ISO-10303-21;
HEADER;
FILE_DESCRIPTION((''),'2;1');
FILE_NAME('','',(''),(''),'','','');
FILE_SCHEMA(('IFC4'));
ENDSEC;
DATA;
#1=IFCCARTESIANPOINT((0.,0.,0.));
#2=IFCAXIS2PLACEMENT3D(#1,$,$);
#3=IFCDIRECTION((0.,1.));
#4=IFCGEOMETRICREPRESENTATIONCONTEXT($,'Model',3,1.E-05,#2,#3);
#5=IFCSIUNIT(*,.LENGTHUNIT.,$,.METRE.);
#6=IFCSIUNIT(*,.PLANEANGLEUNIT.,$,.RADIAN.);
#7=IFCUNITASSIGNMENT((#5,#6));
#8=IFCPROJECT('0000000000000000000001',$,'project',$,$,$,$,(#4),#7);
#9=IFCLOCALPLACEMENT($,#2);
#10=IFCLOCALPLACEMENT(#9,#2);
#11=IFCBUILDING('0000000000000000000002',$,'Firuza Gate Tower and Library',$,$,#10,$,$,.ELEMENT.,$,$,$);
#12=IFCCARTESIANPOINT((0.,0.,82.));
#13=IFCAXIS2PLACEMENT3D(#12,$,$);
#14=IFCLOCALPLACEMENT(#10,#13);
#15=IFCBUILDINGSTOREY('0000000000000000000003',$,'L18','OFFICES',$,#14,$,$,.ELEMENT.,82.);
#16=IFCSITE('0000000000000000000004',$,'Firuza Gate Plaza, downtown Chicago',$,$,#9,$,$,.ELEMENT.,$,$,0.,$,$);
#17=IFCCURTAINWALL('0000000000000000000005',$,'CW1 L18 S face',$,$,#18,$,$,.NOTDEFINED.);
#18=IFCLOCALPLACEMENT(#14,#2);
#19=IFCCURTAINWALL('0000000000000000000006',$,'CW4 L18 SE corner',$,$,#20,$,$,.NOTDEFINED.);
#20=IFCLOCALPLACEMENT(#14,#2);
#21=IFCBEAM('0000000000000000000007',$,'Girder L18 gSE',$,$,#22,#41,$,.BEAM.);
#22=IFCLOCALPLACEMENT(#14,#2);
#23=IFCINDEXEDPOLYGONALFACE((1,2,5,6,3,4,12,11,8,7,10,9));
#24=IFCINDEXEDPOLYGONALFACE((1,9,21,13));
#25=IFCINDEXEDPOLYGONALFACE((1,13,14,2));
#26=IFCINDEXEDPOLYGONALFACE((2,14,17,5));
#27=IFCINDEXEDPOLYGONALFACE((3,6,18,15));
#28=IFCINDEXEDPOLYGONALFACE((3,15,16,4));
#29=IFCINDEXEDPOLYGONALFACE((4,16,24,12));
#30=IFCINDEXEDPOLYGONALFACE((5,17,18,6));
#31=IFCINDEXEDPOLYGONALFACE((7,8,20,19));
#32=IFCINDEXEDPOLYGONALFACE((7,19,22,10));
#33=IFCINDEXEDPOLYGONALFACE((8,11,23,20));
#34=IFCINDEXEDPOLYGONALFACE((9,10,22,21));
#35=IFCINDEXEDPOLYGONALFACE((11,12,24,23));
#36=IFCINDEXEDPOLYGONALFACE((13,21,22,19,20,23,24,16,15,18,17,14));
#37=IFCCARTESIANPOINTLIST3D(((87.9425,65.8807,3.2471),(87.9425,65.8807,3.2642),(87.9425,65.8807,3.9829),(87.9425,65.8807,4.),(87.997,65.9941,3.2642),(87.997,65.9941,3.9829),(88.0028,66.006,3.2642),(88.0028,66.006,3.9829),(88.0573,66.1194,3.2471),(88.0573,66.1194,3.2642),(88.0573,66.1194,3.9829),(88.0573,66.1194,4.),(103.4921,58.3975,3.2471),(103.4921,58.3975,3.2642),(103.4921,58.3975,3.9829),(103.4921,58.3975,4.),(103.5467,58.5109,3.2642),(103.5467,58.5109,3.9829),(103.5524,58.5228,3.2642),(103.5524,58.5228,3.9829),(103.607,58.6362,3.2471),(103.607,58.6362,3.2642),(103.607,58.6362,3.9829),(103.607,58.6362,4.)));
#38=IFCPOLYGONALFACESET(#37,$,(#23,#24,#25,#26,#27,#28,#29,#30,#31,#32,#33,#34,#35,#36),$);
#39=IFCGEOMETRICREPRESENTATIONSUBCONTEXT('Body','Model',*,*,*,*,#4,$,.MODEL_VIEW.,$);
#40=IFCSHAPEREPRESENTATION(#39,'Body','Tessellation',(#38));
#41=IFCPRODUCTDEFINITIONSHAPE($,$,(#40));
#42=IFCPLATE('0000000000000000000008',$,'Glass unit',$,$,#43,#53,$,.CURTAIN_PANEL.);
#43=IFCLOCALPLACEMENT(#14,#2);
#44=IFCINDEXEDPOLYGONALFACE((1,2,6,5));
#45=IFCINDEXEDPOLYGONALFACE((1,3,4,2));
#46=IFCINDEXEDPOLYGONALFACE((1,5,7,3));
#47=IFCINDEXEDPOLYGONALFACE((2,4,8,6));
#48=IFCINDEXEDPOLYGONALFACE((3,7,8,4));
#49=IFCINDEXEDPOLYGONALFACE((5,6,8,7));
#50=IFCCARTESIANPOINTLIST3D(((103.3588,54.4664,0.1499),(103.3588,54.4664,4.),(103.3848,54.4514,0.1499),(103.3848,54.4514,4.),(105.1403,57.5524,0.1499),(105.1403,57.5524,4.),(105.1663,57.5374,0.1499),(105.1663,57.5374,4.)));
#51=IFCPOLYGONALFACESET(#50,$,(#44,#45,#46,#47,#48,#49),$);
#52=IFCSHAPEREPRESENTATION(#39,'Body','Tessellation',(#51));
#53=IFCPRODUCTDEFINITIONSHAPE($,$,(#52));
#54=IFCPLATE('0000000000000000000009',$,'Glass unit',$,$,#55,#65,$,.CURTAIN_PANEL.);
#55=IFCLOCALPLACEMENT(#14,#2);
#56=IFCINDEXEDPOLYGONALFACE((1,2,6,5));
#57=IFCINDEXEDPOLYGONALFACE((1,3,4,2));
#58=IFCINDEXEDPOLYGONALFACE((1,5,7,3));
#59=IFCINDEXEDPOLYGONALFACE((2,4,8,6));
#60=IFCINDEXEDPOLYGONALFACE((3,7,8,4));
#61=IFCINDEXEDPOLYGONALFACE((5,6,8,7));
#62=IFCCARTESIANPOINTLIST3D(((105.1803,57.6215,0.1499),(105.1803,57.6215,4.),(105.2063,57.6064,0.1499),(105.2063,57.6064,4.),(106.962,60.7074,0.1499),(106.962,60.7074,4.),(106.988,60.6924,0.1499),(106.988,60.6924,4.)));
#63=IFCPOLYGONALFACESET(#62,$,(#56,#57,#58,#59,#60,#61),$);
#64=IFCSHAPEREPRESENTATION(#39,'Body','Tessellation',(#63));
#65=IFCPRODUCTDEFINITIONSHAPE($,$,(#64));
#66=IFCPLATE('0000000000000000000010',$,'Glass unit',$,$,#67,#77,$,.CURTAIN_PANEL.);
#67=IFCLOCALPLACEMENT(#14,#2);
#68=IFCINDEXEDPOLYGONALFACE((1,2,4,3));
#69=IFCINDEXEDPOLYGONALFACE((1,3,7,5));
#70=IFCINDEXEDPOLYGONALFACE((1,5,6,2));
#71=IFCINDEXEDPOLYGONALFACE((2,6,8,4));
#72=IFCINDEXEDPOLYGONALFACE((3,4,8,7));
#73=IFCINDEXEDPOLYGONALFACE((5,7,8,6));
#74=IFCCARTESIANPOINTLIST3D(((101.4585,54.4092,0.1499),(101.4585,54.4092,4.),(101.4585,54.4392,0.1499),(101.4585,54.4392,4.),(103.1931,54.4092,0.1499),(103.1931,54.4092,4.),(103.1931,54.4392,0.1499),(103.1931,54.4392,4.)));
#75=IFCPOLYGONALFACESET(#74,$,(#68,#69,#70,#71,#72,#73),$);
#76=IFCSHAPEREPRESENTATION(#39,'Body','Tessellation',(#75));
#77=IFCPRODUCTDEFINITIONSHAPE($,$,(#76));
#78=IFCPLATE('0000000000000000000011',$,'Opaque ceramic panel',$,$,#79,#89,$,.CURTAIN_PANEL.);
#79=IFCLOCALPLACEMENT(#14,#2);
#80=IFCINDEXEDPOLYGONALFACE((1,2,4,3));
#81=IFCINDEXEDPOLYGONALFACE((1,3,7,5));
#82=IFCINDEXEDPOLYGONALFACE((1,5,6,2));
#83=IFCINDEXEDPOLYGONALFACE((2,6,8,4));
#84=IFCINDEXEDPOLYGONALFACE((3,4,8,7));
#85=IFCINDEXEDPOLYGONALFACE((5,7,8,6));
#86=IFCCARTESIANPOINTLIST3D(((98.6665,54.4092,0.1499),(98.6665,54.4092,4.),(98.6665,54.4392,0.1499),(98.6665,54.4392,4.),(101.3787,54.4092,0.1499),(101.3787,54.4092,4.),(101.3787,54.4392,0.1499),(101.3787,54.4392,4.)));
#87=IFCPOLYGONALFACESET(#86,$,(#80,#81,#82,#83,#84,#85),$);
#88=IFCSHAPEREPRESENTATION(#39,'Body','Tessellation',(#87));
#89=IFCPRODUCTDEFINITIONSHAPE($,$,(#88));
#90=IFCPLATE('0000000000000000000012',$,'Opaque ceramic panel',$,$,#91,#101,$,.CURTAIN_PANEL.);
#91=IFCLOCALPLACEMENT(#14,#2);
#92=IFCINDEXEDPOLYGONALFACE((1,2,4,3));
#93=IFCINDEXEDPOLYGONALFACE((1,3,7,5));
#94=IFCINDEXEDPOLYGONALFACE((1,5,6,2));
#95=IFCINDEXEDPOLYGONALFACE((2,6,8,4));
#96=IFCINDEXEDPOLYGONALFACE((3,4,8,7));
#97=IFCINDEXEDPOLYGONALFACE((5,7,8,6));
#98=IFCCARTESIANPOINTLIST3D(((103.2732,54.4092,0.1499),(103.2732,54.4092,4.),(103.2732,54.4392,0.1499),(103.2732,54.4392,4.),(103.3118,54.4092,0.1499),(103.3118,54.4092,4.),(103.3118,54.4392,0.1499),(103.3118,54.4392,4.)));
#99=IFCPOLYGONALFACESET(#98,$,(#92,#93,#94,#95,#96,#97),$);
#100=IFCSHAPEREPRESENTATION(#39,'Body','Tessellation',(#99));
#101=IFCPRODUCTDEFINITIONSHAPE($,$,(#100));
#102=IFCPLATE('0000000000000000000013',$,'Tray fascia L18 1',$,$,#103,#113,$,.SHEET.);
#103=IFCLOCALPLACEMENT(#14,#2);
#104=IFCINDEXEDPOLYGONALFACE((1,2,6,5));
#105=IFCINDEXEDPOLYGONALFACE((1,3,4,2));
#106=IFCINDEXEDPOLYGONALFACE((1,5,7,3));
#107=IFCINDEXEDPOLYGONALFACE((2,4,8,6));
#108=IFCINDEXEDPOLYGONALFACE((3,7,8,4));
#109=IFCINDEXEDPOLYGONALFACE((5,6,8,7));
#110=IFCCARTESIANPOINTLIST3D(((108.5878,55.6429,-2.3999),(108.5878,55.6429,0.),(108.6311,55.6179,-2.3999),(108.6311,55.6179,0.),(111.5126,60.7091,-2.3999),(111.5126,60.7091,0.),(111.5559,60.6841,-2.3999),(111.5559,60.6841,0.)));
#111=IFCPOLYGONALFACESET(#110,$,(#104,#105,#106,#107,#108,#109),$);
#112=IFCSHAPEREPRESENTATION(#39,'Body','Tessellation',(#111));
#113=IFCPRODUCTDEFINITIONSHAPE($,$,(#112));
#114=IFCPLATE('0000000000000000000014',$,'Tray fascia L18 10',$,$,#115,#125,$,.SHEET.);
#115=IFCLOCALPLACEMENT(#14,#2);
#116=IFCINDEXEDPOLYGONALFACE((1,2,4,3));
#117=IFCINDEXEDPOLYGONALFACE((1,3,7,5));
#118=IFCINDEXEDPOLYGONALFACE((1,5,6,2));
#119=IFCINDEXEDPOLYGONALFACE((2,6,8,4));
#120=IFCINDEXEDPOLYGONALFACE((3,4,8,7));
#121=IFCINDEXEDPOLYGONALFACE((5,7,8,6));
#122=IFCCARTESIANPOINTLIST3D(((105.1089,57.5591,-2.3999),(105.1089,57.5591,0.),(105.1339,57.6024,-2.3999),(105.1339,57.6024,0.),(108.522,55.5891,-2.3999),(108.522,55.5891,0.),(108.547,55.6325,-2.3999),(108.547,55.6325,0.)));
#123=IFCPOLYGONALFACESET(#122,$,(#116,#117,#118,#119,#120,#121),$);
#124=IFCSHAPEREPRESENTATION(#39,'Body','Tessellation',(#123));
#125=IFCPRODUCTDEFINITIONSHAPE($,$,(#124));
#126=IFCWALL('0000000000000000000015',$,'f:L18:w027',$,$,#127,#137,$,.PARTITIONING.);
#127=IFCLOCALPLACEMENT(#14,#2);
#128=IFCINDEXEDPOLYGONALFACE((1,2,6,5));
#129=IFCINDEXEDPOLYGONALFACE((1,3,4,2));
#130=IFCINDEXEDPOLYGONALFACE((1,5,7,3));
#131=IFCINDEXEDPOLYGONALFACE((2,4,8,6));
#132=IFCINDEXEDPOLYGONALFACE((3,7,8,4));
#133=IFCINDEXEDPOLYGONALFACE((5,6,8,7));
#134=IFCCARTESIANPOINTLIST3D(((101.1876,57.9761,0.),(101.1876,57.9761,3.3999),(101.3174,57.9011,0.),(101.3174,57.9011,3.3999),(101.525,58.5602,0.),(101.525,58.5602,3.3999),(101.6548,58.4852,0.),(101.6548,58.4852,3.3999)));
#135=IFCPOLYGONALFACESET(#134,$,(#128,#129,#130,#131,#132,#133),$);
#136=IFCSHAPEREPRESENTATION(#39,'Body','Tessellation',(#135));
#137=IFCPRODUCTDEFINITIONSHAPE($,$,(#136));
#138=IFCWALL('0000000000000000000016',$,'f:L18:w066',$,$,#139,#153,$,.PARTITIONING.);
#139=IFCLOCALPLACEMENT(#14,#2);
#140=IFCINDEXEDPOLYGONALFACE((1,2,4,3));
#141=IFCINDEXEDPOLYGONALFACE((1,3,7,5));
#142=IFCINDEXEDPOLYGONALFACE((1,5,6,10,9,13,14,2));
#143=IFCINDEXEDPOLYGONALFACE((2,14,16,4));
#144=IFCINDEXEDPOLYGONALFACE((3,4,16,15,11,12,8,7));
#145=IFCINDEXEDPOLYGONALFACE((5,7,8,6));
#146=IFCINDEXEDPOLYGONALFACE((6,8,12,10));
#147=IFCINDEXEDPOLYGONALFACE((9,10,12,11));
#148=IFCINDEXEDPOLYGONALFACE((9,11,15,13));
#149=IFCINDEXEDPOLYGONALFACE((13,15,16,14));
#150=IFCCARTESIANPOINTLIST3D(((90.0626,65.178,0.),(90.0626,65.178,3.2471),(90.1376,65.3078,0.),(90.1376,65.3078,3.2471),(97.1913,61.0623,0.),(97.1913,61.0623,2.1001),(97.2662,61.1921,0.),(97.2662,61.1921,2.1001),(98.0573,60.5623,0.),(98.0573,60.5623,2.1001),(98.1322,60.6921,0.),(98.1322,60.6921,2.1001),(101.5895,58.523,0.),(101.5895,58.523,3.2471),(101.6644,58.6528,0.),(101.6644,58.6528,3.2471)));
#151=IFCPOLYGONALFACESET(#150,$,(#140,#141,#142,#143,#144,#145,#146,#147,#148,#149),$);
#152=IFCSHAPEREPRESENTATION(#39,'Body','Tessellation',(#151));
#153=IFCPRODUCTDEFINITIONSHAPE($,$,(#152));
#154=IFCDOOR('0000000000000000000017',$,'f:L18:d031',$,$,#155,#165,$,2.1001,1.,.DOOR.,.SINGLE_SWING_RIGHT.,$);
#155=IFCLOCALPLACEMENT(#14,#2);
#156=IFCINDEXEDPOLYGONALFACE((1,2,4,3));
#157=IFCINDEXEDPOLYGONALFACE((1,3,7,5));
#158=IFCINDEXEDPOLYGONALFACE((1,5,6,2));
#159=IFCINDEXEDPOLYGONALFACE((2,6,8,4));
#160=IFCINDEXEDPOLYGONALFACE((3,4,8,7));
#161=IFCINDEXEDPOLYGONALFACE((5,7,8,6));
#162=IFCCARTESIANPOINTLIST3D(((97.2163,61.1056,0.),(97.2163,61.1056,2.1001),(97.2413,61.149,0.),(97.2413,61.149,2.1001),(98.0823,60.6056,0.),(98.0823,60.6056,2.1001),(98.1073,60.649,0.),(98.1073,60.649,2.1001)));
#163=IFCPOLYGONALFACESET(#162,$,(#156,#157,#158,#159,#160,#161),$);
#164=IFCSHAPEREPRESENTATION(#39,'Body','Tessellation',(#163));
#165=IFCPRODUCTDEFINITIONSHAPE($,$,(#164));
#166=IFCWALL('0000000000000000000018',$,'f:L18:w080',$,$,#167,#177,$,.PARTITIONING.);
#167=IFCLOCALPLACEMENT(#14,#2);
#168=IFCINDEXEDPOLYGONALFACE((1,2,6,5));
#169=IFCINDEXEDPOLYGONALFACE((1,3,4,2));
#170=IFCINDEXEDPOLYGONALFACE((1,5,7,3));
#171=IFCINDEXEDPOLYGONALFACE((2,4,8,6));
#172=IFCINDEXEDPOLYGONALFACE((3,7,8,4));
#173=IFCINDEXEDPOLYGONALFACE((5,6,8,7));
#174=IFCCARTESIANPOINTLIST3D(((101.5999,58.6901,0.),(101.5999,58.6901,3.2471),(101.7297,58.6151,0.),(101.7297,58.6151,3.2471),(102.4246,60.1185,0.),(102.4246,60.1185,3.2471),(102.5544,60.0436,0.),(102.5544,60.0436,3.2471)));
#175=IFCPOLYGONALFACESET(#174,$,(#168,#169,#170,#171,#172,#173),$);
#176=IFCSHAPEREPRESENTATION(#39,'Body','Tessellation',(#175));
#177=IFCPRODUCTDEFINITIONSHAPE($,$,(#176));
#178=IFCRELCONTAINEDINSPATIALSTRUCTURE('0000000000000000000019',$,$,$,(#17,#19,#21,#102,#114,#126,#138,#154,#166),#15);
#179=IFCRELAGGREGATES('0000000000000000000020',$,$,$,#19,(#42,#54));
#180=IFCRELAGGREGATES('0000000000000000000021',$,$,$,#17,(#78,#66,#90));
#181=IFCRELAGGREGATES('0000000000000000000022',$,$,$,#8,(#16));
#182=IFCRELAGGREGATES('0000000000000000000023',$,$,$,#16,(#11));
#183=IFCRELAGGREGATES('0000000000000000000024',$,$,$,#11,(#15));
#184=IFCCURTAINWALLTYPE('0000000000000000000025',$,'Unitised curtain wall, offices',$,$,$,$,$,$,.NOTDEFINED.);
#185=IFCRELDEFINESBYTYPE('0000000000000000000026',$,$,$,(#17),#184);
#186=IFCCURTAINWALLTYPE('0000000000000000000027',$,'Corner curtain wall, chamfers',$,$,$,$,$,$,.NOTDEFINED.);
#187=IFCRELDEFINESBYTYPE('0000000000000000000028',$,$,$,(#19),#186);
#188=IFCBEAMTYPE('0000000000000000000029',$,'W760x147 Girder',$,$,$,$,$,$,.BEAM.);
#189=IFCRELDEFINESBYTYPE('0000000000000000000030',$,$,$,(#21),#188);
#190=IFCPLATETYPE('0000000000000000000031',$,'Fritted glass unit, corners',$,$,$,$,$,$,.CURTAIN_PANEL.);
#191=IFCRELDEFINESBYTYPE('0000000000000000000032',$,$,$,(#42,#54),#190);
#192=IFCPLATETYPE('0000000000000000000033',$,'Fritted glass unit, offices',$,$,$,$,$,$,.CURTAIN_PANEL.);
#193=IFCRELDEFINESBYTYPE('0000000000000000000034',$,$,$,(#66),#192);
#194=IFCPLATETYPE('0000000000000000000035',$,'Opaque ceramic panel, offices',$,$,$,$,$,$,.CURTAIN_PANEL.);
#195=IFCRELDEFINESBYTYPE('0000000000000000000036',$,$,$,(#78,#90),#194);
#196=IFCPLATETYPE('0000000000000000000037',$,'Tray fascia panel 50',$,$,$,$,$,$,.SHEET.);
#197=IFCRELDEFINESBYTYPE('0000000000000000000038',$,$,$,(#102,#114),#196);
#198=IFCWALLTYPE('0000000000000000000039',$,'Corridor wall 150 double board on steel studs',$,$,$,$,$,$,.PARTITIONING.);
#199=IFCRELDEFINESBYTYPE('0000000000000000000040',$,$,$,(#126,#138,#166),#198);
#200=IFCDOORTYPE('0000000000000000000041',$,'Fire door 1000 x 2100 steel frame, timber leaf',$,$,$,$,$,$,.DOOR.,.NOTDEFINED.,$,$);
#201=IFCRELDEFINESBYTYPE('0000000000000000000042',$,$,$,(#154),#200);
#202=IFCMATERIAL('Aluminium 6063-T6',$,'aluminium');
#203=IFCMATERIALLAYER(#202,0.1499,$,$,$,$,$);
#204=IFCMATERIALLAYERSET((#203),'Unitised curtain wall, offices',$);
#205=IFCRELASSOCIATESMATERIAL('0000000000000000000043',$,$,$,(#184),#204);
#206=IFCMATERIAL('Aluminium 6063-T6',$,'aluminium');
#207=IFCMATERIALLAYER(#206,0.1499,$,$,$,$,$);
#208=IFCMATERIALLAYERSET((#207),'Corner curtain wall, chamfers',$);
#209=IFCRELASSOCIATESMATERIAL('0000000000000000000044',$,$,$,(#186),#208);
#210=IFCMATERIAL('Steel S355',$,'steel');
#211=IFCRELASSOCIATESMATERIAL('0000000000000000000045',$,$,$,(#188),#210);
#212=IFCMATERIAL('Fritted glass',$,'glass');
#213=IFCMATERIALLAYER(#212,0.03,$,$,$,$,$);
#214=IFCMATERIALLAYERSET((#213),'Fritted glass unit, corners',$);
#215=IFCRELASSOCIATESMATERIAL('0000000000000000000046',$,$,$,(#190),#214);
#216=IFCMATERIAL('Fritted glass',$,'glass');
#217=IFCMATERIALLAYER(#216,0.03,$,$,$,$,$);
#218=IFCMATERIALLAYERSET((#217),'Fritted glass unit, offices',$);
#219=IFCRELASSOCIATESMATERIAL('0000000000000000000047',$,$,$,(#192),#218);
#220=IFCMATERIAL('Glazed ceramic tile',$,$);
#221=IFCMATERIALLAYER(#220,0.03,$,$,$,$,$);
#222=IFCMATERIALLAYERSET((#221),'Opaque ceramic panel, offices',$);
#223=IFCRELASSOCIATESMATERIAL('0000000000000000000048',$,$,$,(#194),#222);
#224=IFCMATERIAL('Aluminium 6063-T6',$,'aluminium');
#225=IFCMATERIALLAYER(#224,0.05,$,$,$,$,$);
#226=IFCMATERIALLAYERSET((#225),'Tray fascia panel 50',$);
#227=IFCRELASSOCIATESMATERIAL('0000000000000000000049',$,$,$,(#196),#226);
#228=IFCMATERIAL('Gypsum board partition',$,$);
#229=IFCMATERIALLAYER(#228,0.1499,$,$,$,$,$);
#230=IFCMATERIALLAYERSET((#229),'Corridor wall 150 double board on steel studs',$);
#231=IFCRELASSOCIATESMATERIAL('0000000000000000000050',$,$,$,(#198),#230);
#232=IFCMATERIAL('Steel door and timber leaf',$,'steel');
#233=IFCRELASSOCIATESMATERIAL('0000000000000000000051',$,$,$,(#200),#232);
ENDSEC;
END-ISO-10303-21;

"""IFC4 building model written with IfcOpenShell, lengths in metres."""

from ifc_helpers import new_model, si_unit, direction, frame, frame_2d, origin, origin_2d, place, context, subcontext, project, spatial, polyline, rectangle, i_section, outline, extrude, material, layer, layer_set, material_profile, profile_set, type_object, element, fill, aggregate, save


model = new_model("IFC4")

# Units and contexts
model_context = context("Model", 3, precision=1e-05, world=origin(), true_north=direction((0.0, 1.0)))
body_context = subcontext(model_context, "Body", "Model", "MODEL_VIEW")
ifc_project = project(units=[si_unit("LENGTHUNIT", "METRE"), si_unit("PLANEANGLEUNIT", "RADIAN")], contexts=[model_context])

# Site, building, storey
site_placement = place(None, origin())
site = spatial("IfcSite", under=ifc_project, at=site_placement, Name="Firuza Gate Plaza, downtown Chicago", CompositionType="ELEMENT", RefElevation=0.0)
building_placement = place(site_placement, origin())
building = spatial("IfcBuilding", under=site, at=building_placement, Name="Firuza Gate Tower and Library", CompositionType="ELEMENT")
storey_placement = place(building_placement, frame((0.0, 0.0, 82.0)))
storey = spatial("IfcBuildingStorey", under=building, at=storey_placement, Name="L18", Description="OFFICES", CompositionType="ELEMENT", Elevation=82.0)

# Curtain walls
ifc_material_1 = material(Name="Aluminium 6063-T6", Category="aluminium")
ifc_layer_1 = layer(ifc_material_1, 0.1499)
ifc_layer_set_1 = layer_set([ifc_layer_1], Name="Unitised curtain wall, offices")
curtain_wall_type_1 = type_object("IfcCurtainWallType", Name="Unitised curtain wall, offices", PredefinedType="NOTDEFINED", material=ifc_layer_set_1)
placement = place(storey_placement, origin())
curtain_wall_1 = element("IfcCurtainWall", 1, at=placement, inside=storey, type_object=curtain_wall_type_1, Name="CW1 L18 S face", PredefinedType="NOTDEFINED")
ifc_material_2 = material(Name="Aluminium 6063-T6", Category="aluminium")
ifc_layer_2 = layer(ifc_material_2, 0.1499)
ifc_layer_set_2 = layer_set([ifc_layer_2], Name="Corner curtain wall, chamfers")
curtain_wall_type_2 = type_object("IfcCurtainWallType", Name="Corner curtain wall, chamfers", PredefinedType="NOTDEFINED", material=ifc_layer_set_2)
curtain_wall_2 = element("IfcCurtainWall", 2, at=placement, inside=storey, type_object=curtain_wall_type_2, Name="CW4 L18 SE corner", PredefinedType="NOTDEFINED")

# Beam
ifc_material_3 = material(Name="Steel S355", Category="steel")
ifc_material_profile_1 = material_profile(ifc_material_3, i_section(OverallWidth=0.2649, OverallDepth=0.7529, WebThickness=0.0132, FlangeThickness=0.0171, at=origin_2d()))
ifc_profile_set_1 = profile_set([ifc_material_profile_1], Name="Steel S355")
beam_type_1 = type_object("IfcBeamType", Name="W760x147 Girder", PredefinedType="BEAM", material=ifc_profile_set_1)
beam_1_placement = place(storey_placement, frame((103.5496, 58.5168, 3.6235), z_axis=(-0.901085, 0.433643, 0.0), x_axis=(-0.433643, -0.901085, 0.0)))
element("IfcBeam", 3, at=beam_1_placement, inside=storey, type_object=beam_type_1, Name="Girder L18 gSE", PredefinedType="BEAM", context=body_context, shape_type="SweptSolid", body=[
    extrude(i_section(OverallWidth=0.2649, OverallDepth=0.7529, WebThickness=0.0132, FlangeThickness=0.0171, at=origin_2d()), origin(), (0.0, 0.0, 1.0), 17.2566),
])

# Plates
ifc_material_4 = material(Name="Fritted glass", Category="glass")
ifc_layer_3 = layer(ifc_material_4, 0.03)
ifc_layer_set_3 = layer_set([ifc_layer_3], Name="Fritted glass unit, corners")
plate_type_1 = type_object("IfcPlateType", Name="Fritted glass unit, corners", PredefinedType="CURTAIN_PANEL", material=ifc_layer_set_3)
plate_1_placement = place(storey_placement, frame((103.3848, 54.4514, 0.1499), z_axis=(0.866046, -0.499964, 0.0), x_axis=(0.499964, 0.866046, 0.0)))
plate_1 = element("IfcPlate", 4, at=plate_1_placement, type_object=plate_type_1, Name="Glass unit", PredefinedType="CURTAIN_PANEL", context=body_context, shape_type="SweptSolid", body=[
    extrude(outline(polyline([(0.0, 0.0), (3.5632, 0.0), (3.5632, 3.8501), (0.0, 3.8501), (0.0, 0.0)])), origin(), (0.0, 0.0, -1.0), 0.03),
])
plate_2_placement = place(storey_placement, frame((105.2063, 57.6064, 0.1499), z_axis=(0.866017, -0.500015, 0.0), x_axis=(0.500015, 0.866017, 0.0)))
plate_2 = element("IfcPlate", 5, at=plate_2_placement, type_object=plate_type_1, Name="Glass unit", PredefinedType="CURTAIN_PANEL", context=body_context, shape_type="SweptSolid", body=[
    extrude(outline(polyline([(0.0, 0.0), (3.5634, 0.0), (3.5634, 3.8501), (0.0, 3.8501), (0.0, 0.0)])), origin(), (0.0, 0.0, -1.0), 0.03),
])
aggregate(curtain_wall_2, [plate_1, plate_2])
ifc_material_5 = material(Name="Fritted glass", Category="glass")
ifc_layer_4 = layer(ifc_material_5, 0.03)
ifc_layer_set_4 = layer_set([ifc_layer_4], Name="Fritted glass unit, offices")
plate_type_2 = type_object("IfcPlateType", Name="Fritted glass unit, offices", PredefinedType="CURTAIN_PANEL", material=ifc_layer_set_4)
plate_3_placement = place(storey_placement, frame((101.4585, 54.4092, 0.1499), z_axis=(0.0, -1.0, 0.0), x_axis=(1.0, 0.0, 0.0)))
plate_3 = element("IfcPlate", 6, at=plate_3_placement, type_object=plate_type_2, Name="Glass unit", PredefinedType="CURTAIN_PANEL", context=body_context, shape_type="SweptSolid", body=[
    extrude(outline(polyline([(0.0, 0.0), (1.7346, 0.0), (1.7346, 3.8501), (0.0, 3.8501), (0.0, 0.0)])), origin(), (0.0, 0.0, -1.0), 0.03),
])
ifc_material_6 = material(Name="Glazed ceramic tile")
ifc_layer_5 = layer(ifc_material_6, 0.03)
ifc_layer_set_5 = layer_set([ifc_layer_5], Name="Opaque ceramic panel, offices")
plate_type_3 = type_object("IfcPlateType", Name="Opaque ceramic panel, offices", PredefinedType="CURTAIN_PANEL", material=ifc_layer_set_5)
plate_4_placement = place(storey_placement, frame((98.6665, 54.4092, 0.1499), z_axis=(0.0, -1.0, 0.0), x_axis=(1.0, 0.0, 0.0)))
plate_4 = element("IfcPlate", 7, at=plate_4_placement, type_object=plate_type_3, Name="Opaque ceramic panel", PredefinedType="CURTAIN_PANEL", context=body_context, shape_type="SweptSolid", body=[
    extrude(outline(polyline([(0.0, 0.0), (2.7122, 0.0), (2.7122, 3.8501), (0.0, 3.8501), (0.0, 0.0)])), origin(), (0.0, 0.0, -1.0), 0.03),
])
plate_5_placement = place(storey_placement, frame((103.2732, 54.4092, 0.1499), z_axis=(0.0, -1.0, 0.0), x_axis=(1.0, 0.0, 0.0)))
plate_5 = element("IfcPlate", 8, at=plate_5_placement, type_object=plate_type_3, Name="Opaque ceramic panel", PredefinedType="CURTAIN_PANEL", context=body_context, shape_type="SweptSolid", body=[
    extrude(outline(polyline([(0.0, 0.0), (0.0386, 0.0), (0.0386, 3.8501), (0.0, 3.8501), (0.0, 0.0)])), origin(), (0.0, 0.0, -1.0), 0.03),
])
aggregate(curtain_wall_1, [plate_4, plate_3, plate_5])

# Plates
ifc_material_7 = material(Name="Aluminium 6063-T6", Category="aluminium")
ifc_layer_6 = layer(ifc_material_7, 0.05)
ifc_layer_set_6 = layer_set([ifc_layer_6], Name="Tray fascia panel 50")
plate_type_4 = type_object("IfcPlateType", Name="Tray fascia panel 50", PredefinedType="SHEET", material=ifc_layer_set_6)
plate_6_placement = place(storey_placement, frame((108.6311, 55.6179, -2.3999), z_axis=(0.866036, -0.499981, 0.0), x_axis=(0.499981, 0.866036, 0.0)))
element("IfcPlate", 9, at=plate_6_placement, inside=storey, type_object=plate_type_4, Name="Tray fascia L18 1", PredefinedType="SHEET", context=body_context, shape_type="SweptSolid", body=[
    extrude(outline(polyline([(0.0, 0.0), (5.8498, 0.0), (5.8498, 2.3999), (0.0, 2.3999), (0.0, 0.0)])), origin(), (0.0, 0.0, -1.0), 0.05),
])
plate_7_placement = place(storey_placement, frame((105.1089, 57.5591, -2.3999), z_axis=(-0.49989, -0.866089, 0.0), x_axis=(0.866089, -0.49989, 0.0)))
element("IfcPlate", 10, at=plate_7_placement, inside=storey, type_object=plate_type_4, Name="Tray fascia L18 10", PredefinedType="SHEET", context=body_context, shape_type="SweptSolid", body=[
    extrude(outline(polyline([(0.0, 0.0), (3.9408, 0.0), (3.9408, 2.3999), (0.0, 2.3999), (0.0, 0.0)])), origin(), (0.0, 0.0, -1.0), 0.05),
])

# Wall
ifc_material_8 = material(Name="Gypsum board partition")
ifc_layer_7 = layer(ifc_material_8, 0.1499)
ifc_layer_set_7 = layer_set([ifc_layer_7], Name="Corridor wall 150 double board on steel studs")
wall_type_1 = type_object("IfcWallType", Name="Corridor wall 150 double board on steel studs", PredefinedType="PARTITIONING", material=ifc_layer_set_7)
wall_1_placement = place(storey_placement, frame((101.2524, 57.9385, 0.0), z_axis=(0.0, 0.0, 1.0), x_axis=(0.500109, 0.865963, 0.0)))
element("IfcWall", 11, at=wall_1_placement, inside=storey, type_object=wall_type_1, Name="f:L18:w027", PredefinedType="PARTITIONING", context=body_context, shape_type="SweptSolid", body=[
    extrude(rectangle(XDim=0.6746, YDim=0.1499, at=frame_2d((0.3374, 0.0))), origin(), (0.0, 0.0, 1.0), 3.3999),
])

# Wall, opening, door
wall_2_placement = place(storey_placement, frame((101.627, 58.5879, 0.0), z_axis=(0.0, 0.0, 1.0), x_axis=(-0.866026, 0.5, 0.0)))
wall_2 = element("IfcWall", 12, at=wall_2_placement, inside=storey, type_object=wall_type_1, Name="f:L18:w066", PredefinedType="PARTITIONING", context=body_context, shape_type="SweptSolid", body=[
    extrude(rectangle(XDim=13.3101, YDim=0.1499, at=frame_2d((6.655, 0.0))), origin(), (0.0, 0.0, 1.0), 3.2471),
])
opening_placement = place(wall_2_placement, frame((4.0786, 0.0, 0.0)))
opening = element("IfcOpeningElement", 13, at=opening_placement, cuts=wall_2, PredefinedType="OPENING", context=body_context, shape_type="SweptSolid", body=[
    extrude(rectangle(XDim=1.0, YDim=2.1001, at=frame_2d((0.5, 1.05))), frame((0.0, 0.085, 0.0), z_axis=(0.0, -1.0, 0.0), x_axis=(1.0, 0.0, 0.0)), (0.0, 0.0, 1.0), 0.1699),
])
ifc_material_9 = material(Name="Steel door and timber leaf", Category="steel")
door_type = type_object("IfcDoorType", Name="Fire door 1000 x 2100 steel frame, timber leaf", OperationType="NOTDEFINED", PredefinedType="DOOR", material=ifc_material_9)
door_placement = place(opening_placement, origin())
door = element("IfcDoor", 14, at=door_placement, inside=storey, type_object=door_type, Name="f:L18:d031", OperationType="SINGLE_SWING_RIGHT", OverallHeight=2.1001, OverallWidth=1.0, PredefinedType="DOOR", context=body_context, shape_type="SweptSolid", body=[
    extrude(rectangle(XDim=1.0, YDim=2.1001, at=frame_2d((0.5, 1.05))), frame((0.0, 0.0249, 0.0), z_axis=(0.0, -1.0, 0.0), x_axis=(1.0, 0.0, 0.0)), (0.0, 0.0, 1.0), 0.05),
])
fill(opening, door)

# Wall
wall_3_placement = place(storey_placement, frame((101.6648, 58.6526, 0.0), z_axis=(0.0, 0.0, 1.0), x_axis=(0.499992, 0.86603, 0.0)))
element("IfcWall", 15, at=wall_3_placement, inside=storey, type_object=wall_type_1, Name="f:L18:w080", PredefinedType="PARTITIONING", context=body_context, shape_type="SweptSolid", body=[
    extrude(rectangle(XDim=1.6494, YDim=0.1499, at=frame_2d((0.8247, 0.0))), origin(), (0.0, 0.0, 1.0), 3.2471),
])

save(model, "model.ifc")
